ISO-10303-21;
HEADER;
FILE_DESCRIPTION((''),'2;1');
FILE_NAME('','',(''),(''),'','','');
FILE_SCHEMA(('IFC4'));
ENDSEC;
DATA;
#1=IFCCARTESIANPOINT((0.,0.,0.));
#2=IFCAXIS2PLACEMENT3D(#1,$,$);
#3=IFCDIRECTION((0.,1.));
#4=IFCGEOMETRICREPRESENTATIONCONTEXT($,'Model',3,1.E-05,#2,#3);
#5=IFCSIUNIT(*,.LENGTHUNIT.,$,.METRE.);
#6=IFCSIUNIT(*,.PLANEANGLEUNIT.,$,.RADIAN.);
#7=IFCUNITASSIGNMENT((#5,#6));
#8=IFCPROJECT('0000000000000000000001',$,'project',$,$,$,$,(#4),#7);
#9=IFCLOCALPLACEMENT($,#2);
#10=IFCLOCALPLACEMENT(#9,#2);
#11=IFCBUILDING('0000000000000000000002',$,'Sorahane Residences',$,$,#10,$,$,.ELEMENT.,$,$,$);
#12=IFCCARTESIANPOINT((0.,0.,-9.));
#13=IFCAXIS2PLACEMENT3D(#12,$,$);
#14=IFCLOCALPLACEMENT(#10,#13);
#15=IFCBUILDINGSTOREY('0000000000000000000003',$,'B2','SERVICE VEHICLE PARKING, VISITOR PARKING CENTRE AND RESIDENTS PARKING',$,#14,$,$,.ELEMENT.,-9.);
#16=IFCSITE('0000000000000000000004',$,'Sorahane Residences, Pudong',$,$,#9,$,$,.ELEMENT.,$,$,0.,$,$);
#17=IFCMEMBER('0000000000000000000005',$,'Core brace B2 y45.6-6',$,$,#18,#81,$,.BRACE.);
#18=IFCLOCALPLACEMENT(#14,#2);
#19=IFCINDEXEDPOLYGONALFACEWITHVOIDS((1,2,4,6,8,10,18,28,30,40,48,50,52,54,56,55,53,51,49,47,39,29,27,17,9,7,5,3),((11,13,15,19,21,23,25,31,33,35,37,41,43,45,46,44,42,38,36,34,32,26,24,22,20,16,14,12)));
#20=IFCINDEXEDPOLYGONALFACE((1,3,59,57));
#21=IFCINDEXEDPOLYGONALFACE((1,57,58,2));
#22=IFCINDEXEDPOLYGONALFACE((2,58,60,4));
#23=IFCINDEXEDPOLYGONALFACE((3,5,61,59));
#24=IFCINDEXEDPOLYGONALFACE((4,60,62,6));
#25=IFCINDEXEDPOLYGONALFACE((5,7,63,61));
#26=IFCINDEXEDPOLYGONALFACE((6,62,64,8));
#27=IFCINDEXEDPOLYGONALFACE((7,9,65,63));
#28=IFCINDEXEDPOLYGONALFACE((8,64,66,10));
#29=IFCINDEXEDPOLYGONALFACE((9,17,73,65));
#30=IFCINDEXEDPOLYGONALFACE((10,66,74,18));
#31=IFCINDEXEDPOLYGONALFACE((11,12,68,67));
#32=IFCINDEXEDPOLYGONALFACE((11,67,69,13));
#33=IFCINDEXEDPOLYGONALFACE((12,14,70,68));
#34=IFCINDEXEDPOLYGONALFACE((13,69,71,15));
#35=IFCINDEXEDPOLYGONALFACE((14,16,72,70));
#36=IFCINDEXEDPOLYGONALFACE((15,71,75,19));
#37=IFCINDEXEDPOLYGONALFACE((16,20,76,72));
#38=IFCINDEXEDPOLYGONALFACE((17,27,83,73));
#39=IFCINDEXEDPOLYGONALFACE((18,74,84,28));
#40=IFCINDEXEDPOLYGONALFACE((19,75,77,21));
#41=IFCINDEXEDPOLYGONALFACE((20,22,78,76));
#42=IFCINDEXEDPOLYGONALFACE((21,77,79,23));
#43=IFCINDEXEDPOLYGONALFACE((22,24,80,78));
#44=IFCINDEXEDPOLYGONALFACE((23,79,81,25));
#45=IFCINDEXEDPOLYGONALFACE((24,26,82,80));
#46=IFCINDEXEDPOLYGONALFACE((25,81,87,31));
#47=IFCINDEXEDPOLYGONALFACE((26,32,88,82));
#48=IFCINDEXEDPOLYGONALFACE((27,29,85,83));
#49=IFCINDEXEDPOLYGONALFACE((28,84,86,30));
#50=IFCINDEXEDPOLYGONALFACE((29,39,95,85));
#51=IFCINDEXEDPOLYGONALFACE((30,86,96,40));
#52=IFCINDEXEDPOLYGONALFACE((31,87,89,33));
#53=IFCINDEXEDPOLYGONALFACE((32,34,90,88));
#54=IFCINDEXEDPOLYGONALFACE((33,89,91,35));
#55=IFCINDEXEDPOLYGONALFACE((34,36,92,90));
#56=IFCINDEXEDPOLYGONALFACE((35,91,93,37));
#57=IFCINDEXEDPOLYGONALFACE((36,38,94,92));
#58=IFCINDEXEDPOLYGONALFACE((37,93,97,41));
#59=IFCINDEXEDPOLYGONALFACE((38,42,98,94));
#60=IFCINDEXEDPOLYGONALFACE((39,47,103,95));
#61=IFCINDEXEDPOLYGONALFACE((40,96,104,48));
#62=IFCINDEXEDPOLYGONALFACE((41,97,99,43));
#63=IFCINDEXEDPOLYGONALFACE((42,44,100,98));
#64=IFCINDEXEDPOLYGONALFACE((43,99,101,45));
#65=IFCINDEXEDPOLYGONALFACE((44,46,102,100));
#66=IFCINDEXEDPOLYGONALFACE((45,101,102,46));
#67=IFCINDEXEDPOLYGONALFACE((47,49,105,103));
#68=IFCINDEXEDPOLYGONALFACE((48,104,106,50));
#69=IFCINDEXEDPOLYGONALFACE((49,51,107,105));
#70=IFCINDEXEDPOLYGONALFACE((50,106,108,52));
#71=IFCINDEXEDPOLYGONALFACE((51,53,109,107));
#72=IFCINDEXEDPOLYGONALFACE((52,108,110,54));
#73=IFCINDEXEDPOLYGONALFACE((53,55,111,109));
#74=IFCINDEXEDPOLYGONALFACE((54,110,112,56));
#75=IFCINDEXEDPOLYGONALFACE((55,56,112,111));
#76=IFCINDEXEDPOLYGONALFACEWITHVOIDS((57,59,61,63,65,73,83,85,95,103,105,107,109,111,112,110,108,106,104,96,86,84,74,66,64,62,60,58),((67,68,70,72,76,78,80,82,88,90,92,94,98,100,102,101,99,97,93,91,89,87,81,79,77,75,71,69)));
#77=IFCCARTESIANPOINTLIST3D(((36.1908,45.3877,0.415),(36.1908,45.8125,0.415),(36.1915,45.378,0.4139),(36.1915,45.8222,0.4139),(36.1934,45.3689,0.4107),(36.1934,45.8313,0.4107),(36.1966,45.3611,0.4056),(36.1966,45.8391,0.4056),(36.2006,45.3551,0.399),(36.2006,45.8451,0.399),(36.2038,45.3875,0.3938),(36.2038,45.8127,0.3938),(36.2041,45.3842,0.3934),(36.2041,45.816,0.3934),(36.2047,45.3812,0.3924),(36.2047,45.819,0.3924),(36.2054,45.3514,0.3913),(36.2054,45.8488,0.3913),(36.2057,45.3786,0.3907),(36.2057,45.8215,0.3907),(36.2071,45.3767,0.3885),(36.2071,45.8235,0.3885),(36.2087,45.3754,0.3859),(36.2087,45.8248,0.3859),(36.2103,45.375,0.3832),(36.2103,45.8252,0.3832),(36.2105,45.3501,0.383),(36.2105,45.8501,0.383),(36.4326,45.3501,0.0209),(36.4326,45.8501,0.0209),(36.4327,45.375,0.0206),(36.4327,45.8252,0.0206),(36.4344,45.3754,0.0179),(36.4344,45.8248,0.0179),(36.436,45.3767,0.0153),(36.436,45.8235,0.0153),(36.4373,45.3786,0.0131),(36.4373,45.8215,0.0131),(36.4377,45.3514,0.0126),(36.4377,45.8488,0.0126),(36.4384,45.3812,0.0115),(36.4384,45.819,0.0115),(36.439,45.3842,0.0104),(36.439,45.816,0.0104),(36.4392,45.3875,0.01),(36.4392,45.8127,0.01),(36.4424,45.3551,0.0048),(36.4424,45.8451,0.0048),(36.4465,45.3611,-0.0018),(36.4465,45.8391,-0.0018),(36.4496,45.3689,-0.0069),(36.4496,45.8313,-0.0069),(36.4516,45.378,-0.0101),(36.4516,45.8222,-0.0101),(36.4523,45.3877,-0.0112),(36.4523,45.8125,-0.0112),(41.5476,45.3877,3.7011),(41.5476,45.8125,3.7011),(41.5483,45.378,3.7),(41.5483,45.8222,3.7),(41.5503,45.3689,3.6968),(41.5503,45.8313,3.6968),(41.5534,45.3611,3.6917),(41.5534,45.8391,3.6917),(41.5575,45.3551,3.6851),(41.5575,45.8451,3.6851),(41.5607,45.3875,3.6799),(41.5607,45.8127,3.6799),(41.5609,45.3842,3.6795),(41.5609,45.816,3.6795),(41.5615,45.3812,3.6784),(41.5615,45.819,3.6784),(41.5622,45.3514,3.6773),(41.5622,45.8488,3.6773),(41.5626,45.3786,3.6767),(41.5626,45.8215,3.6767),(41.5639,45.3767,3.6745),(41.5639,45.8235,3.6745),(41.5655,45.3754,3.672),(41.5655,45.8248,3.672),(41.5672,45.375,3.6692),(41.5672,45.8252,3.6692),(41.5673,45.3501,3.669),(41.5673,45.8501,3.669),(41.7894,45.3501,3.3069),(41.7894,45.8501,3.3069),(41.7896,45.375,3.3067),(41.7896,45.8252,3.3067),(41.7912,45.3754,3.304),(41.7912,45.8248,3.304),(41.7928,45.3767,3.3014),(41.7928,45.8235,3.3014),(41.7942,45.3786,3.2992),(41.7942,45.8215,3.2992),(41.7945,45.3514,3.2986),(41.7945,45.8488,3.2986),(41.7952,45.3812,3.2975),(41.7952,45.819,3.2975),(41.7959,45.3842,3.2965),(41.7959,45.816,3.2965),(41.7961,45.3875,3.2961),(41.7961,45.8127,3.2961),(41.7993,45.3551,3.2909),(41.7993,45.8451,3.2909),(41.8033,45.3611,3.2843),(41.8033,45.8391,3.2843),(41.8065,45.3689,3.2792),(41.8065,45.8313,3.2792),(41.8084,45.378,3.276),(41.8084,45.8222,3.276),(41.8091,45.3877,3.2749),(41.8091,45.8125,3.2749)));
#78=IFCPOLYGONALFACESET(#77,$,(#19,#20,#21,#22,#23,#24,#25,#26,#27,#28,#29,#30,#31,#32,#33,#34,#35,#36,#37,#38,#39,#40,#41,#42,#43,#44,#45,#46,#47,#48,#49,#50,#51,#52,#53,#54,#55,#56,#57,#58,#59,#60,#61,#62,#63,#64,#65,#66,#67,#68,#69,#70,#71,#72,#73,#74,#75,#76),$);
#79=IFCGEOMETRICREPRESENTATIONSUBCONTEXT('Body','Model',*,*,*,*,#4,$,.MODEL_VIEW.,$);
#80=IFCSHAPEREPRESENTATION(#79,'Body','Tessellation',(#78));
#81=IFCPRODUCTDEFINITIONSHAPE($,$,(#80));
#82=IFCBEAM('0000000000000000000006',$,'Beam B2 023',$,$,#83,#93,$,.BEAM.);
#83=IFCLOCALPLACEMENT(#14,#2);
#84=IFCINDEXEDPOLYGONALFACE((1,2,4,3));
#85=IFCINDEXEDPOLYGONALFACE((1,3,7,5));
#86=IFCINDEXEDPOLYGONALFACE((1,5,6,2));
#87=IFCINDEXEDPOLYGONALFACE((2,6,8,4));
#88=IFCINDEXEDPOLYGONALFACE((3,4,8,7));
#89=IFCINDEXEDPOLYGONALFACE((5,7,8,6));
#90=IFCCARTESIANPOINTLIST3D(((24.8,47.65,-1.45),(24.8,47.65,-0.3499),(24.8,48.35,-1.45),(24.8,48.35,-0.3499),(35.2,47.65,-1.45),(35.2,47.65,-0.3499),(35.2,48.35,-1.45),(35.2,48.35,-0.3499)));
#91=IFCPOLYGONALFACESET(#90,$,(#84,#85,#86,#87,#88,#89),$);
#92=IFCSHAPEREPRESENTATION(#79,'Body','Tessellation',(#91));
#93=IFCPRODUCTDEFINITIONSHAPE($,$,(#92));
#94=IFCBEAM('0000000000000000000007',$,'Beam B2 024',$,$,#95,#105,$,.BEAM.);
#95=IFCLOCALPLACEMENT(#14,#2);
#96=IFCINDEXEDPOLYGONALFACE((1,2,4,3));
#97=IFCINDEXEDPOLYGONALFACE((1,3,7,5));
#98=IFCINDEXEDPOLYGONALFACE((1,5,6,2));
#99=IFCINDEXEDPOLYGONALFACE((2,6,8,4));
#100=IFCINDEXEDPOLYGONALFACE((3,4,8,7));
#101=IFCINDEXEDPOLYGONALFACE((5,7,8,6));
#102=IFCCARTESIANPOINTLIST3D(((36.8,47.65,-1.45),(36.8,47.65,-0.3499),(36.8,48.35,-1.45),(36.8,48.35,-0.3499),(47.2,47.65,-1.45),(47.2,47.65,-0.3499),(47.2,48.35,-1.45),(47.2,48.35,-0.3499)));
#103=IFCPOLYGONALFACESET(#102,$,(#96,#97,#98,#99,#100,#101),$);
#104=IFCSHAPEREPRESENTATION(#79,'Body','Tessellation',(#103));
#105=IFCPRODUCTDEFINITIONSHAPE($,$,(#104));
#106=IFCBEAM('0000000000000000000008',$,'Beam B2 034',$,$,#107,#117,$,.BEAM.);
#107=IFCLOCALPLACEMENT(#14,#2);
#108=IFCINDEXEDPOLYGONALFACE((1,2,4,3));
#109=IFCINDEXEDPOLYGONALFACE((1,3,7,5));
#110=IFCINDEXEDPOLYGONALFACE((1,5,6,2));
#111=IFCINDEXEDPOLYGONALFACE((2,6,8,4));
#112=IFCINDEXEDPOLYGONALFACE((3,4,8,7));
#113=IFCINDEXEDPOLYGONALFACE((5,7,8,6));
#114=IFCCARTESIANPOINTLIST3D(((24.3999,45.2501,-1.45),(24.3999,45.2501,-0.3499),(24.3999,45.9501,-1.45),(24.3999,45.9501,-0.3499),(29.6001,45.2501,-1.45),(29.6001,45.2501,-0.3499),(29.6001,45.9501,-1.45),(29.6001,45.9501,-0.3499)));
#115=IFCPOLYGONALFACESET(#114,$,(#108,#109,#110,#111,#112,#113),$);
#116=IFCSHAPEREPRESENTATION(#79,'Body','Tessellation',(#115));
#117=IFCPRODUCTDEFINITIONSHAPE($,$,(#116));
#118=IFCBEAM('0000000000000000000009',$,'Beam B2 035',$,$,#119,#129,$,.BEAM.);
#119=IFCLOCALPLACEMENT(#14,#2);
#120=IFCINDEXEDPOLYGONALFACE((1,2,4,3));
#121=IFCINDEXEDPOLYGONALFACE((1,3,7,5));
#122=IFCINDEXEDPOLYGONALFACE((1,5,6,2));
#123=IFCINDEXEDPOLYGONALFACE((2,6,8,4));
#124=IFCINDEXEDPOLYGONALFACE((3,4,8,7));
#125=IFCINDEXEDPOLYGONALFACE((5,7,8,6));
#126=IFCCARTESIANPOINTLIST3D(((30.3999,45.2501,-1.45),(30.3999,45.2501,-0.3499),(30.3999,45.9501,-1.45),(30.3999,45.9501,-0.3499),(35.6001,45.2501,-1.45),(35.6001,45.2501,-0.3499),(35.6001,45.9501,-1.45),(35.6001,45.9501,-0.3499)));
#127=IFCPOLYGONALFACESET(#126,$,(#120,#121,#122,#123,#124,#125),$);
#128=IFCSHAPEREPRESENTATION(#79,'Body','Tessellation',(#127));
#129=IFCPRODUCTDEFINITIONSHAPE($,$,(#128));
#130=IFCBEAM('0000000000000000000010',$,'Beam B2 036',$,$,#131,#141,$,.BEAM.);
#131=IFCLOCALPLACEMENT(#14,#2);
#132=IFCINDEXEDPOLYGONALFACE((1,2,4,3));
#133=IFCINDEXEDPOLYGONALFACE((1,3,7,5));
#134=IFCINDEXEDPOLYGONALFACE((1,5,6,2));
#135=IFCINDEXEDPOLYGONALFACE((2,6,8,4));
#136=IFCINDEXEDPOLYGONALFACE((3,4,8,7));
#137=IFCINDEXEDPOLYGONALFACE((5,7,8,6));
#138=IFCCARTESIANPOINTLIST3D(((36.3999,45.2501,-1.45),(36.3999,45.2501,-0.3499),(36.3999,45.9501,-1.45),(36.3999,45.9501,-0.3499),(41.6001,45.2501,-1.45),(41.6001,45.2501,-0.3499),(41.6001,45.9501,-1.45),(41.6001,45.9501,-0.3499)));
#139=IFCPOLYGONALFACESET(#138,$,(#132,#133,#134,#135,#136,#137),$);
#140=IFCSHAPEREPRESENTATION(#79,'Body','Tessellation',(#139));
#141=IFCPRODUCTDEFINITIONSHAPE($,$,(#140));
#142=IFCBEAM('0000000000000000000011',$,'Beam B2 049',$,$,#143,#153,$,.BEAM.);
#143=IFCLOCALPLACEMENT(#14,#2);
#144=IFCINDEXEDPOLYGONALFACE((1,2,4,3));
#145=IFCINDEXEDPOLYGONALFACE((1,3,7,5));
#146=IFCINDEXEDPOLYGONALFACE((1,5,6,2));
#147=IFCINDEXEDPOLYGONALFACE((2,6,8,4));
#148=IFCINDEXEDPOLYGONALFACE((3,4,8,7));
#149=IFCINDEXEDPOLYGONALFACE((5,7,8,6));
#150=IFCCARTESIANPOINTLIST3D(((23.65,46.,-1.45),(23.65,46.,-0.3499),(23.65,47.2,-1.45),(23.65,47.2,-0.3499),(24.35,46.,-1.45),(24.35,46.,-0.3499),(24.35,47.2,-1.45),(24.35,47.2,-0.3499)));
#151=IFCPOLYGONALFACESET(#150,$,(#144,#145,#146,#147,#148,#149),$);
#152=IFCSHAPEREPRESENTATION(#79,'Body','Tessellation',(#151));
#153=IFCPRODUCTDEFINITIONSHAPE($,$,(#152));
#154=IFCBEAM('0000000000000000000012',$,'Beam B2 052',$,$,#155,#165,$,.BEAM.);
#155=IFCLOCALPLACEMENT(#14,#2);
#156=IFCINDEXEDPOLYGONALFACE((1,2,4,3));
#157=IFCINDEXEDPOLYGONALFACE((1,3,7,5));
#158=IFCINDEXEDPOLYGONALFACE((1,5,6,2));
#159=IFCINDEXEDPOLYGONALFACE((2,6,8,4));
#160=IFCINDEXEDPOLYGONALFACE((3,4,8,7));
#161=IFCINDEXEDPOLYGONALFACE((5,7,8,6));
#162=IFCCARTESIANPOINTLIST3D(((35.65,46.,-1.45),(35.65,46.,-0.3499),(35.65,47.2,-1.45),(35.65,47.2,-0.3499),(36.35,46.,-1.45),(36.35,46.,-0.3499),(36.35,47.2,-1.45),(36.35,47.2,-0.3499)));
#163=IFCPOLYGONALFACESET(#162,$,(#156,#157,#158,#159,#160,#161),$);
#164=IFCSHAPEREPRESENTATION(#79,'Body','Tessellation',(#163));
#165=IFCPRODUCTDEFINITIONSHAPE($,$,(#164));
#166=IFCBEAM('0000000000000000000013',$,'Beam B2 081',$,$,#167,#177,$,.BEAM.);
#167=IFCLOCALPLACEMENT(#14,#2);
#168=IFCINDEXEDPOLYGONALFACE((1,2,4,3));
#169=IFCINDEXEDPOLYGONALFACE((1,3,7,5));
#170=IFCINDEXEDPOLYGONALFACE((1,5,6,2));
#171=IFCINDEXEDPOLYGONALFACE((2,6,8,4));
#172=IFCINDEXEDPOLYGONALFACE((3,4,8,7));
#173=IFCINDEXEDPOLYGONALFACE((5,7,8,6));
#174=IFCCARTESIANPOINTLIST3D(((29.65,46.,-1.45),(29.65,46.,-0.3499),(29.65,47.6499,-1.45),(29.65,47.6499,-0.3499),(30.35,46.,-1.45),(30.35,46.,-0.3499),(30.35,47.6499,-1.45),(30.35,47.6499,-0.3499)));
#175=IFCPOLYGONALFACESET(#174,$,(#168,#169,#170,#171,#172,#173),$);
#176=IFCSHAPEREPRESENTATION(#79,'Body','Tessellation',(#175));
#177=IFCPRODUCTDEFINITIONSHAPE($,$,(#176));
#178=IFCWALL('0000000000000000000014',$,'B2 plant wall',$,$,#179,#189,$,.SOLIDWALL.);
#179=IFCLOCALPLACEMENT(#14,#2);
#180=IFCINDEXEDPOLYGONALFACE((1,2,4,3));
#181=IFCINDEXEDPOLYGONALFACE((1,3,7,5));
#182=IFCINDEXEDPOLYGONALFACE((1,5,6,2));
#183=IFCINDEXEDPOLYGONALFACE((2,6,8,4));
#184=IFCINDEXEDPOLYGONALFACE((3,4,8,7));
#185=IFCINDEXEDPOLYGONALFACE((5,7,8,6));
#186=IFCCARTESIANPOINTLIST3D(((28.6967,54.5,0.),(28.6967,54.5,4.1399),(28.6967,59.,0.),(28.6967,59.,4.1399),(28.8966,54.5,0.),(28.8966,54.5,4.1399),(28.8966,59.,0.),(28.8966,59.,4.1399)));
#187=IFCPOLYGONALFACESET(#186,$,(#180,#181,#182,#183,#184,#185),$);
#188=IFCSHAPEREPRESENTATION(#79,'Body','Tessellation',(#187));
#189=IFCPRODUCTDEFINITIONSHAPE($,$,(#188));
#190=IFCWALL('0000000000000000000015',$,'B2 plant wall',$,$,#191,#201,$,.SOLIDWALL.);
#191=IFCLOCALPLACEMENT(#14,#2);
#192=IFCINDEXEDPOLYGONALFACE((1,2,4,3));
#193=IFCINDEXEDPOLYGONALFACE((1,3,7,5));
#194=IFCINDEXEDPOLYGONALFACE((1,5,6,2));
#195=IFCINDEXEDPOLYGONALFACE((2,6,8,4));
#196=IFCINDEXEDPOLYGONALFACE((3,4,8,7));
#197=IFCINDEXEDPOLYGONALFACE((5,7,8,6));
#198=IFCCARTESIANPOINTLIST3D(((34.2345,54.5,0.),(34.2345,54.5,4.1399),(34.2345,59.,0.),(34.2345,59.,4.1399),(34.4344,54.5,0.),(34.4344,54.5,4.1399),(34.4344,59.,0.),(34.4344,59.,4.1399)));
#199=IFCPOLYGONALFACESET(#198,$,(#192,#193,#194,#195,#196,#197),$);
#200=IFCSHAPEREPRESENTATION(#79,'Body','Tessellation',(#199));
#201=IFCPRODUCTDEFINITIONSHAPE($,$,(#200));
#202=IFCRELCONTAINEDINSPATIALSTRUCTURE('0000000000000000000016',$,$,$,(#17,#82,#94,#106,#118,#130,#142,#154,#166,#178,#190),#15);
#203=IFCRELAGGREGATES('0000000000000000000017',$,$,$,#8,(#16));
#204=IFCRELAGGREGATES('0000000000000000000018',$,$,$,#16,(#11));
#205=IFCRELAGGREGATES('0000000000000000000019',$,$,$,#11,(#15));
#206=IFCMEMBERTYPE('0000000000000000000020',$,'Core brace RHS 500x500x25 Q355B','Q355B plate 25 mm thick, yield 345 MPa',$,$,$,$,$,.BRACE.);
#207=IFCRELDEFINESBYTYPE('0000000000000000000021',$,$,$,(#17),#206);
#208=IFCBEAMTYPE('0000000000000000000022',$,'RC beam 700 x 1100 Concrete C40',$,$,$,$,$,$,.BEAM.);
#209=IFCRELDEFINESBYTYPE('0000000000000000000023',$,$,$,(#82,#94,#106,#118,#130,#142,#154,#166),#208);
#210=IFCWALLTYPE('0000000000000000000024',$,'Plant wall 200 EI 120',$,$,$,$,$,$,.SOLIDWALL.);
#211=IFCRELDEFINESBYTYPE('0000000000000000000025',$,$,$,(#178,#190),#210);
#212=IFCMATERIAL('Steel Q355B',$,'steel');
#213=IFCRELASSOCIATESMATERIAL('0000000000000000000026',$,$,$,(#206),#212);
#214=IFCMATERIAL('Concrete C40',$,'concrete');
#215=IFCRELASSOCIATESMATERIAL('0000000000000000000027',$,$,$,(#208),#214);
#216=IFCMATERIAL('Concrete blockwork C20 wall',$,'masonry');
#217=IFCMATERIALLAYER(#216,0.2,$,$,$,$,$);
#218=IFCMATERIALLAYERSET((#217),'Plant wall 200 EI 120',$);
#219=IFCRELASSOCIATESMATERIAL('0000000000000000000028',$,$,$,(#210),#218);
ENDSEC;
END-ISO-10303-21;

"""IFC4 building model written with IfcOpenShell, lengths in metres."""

from ifc_helpers import new_model, si_unit, direction, frame, frame_2d, origin, origin_2d, place, context, subcontext, project, spatial, rectangle, hollow_rectangle, extrude, material, layer, layer_set, material_profile, profile_set, type_object, element, save


model = new_model("IFC4")

# Units and contexts
model_context = context("Model", 3, precision=1e-05, world=origin(), true_north=direction((0.0, 1.0)))
body_context = subcontext(model_context, "Body", "Model", "MODEL_VIEW")
ifc_project = project(units=[si_unit("LENGTHUNIT", "METRE"), si_unit("PLANEANGLEUNIT", "RADIAN")], contexts=[model_context])

# Site, building, storey
site_placement = place(None, origin())
site = spatial("IfcSite", under=ifc_project, at=site_placement, Name="Sorahane Residences, Pudong", CompositionType="ELEMENT", RefElevation=0.0)
building_placement = place(site_placement, origin())
building = spatial("IfcBuilding", under=site, at=building_placement, Name="Sorahane Residences", CompositionType="ELEMENT")
storey_placement = place(building_placement, frame((0.0, 0.0, -9.0)))
storey = spatial("IfcBuildingStorey", under=building, at=storey_placement, Name="B2", Description="SERVICE VEHICLE PARKING, VISITOR PARKING CENTRE AND RESIDENTS PARKING", CompositionType="ELEMENT", Elevation=-9.0)

# Member
ifc_material_1 = material(Name="Steel Q355B", Category="steel")
ifc_material_profile_1 = material_profile(ifc_material_1, hollow_rectangle(XDim=0.5, YDim=0.5, WallThickness=0.0249, InnerFilletRadius=0.0125, OuterFilletRadius=0.0376, at=origin_2d()), Name="RHS 500x500x25")
ifc_profile_set_1 = profile_set([ifc_material_profile_1], Name="Steel Q355B")
member_type = type_object("IfcMemberType", Name="Core brace RHS 500x500x25 Q355B", Description="Q355B plate 25 mm thick, yield 345 MPa", PredefinedType="BRACE", material=ifc_profile_set_1)
for number, where, z_axis, x_axis, name in (
    (1, (36.3215, 45.6001, 0.2019), (0.852399, 0.0, 0.522892), (0.0, 1.0, 0.0), "Core brace B2 y45.6-6"),
):
    element("IfcMember", number, at=place(storey_placement, frame(where, z_axis=z_axis, x_axis=x_axis)), inside=storey, type_object=member_type, Name=name, PredefinedType="BRACE", context=body_context, shape_type="SweptSolid", body=[
        extrude(hollow_rectangle(XDim=0.5, YDim=0.5, WallThickness=0.0249, InnerFilletRadius=0.0125, OuterFilletRadius=0.0376, at=origin_2d()), origin(), (0.0, 0.0, 1.0), 6.2844),
    ])

# Beams
ifc_material_2 = material(Name="Concrete C40", Category="concrete")
ifc_material_profile_2 = material_profile(ifc_material_2, rectangle(XDim=0.7, YDim=1.1001, at=origin_2d()), Name="700x1100")
ifc_profile_set_2 = profile_set([ifc_material_profile_2], Name="Concrete C40")
beam_type = type_object("IfcBeamType", Name="RC beam 700 x 1100 Concrete C40", PredefinedType="BEAM", material=ifc_profile_set_2)
for number, where, z_axis, x_axis, name in (
    (2, (24.8, 48.0, -0.8999), (1.0, 0.0, 0.0), (0.0, 1.0, 0.0), "Beam B2 023"),
    (3, (36.8, 48.0, -0.8999), (1.0, 0.0, 0.0), (0.0, 1.0, 0.0), "Beam B2 024"),
):
    element("IfcBeam", number, at=place(storey_placement, frame(where, z_axis=z_axis, x_axis=x_axis)), inside=storey, type_object=beam_type, Name=name, PredefinedType="BEAM", context=body_context, shape_type="SweptSolid", body=[
        extrude(rectangle(XDim=0.7, YDim=1.1001, at=origin_2d()), origin(), (0.0, 0.0, 1.0), 10.3999),
    ])
for number, where, z_axis, x_axis, name in (
    (4, (24.3999, 45.6001, -0.8999), (1.0, 0.0, 0.0), (0.0, 1.0, 0.0), "Beam B2 034"),
    (5, (30.3999, 45.6001, -0.8999), (1.0, 0.0, 0.0), (0.0, 1.0, 0.0), "Beam B2 035"),
    (6, (36.3999, 45.6001, -0.8999), (1.0, 0.0, 0.0), (0.0, 1.0, 0.0), "Beam B2 036"),
):
    element("IfcBeam", number, at=place(storey_placement, frame(where, z_axis=z_axis, x_axis=x_axis)), inside=storey, type_object=beam_type, Name=name, PredefinedType="BEAM", context=body_context, shape_type="SweptSolid", body=[
        extrude(rectangle(XDim=0.7, YDim=1.1001, at=origin_2d()), origin(), (0.0, 0.0, 1.0), 5.2002),
    ])
for number, where, z_axis, x_axis, name in (
    (7, (24.0, 46.0, -0.8999), (0.0, 1.0, 0.0), (-1.0, 0.0, 0.0), "Beam B2 049"),
    (8, (36.0, 46.0, -0.8999), (0.0, 1.0, 0.0), (-1.0, 0.0, 0.0), "Beam B2 052"),
):
    element("IfcBeam", number, at=place(storey_placement, frame(where, z_axis=z_axis, x_axis=x_axis)), inside=storey, type_object=beam_type, Name=name, PredefinedType="BEAM", context=body_context, shape_type="SweptSolid", body=[
        extrude(rectangle(XDim=0.7, YDim=1.1001, at=origin_2d()), origin(), (0.0, 0.0, 1.0), 1.2),
    ])
beam_placement = place(storey_placement, frame((30.0, 46.0, -0.8999), z_axis=(0.0, 1.0, 0.0), x_axis=(-1.0, 0.0, 0.0)))
element("IfcBeam", 9, at=beam_placement, inside=storey, type_object=beam_type, Name="Beam B2 081", PredefinedType="BEAM", context=body_context, shape_type="SweptSolid", body=[
    extrude(rectangle(XDim=0.7, YDim=1.1001, at=origin_2d()), origin(), (0.0, 0.0, 1.0), 1.6499),
])

# Walls
ifc_material_3 = material(Name="Concrete blockwork C20 wall", Category="masonry")
ifc_layer_1 = layer(ifc_material_3, 0.2)
ifc_layer_set_1 = layer_set([ifc_layer_1], Name="Plant wall 200 EI 120")
wall_type = type_object("IfcWallType", Name="Plant wall 200 EI 120", PredefinedType="SOLIDWALL", material=ifc_layer_set_1)
for number, where, z_axis, x_axis, name in (
    (10, (28.7966, 54.5, 0.0), (0.0, 0.0, 1.0), (0.0, 1.0, 0.0), "B2 plant wall"),
    (11, (34.3345, 54.5, 0.0), (0.0, 0.0, 1.0), (0.0, 1.0, 0.0), "B2 plant wall"),
):
    element("IfcWall", number, at=place(storey_placement, frame(where, z_axis=z_axis, x_axis=x_axis)), inside=storey, type_object=wall_type, Name=name, PredefinedType="SOLIDWALL", context=body_context, shape_type="SweptSolid", body=[
        extrude(rectangle(XDim=4.5, YDim=0.2, at=frame_2d((2.25, 0.0))), origin(), (0.0, 0.0, 1.0), 4.1399),
    ])

save(model, "model.ifc")
